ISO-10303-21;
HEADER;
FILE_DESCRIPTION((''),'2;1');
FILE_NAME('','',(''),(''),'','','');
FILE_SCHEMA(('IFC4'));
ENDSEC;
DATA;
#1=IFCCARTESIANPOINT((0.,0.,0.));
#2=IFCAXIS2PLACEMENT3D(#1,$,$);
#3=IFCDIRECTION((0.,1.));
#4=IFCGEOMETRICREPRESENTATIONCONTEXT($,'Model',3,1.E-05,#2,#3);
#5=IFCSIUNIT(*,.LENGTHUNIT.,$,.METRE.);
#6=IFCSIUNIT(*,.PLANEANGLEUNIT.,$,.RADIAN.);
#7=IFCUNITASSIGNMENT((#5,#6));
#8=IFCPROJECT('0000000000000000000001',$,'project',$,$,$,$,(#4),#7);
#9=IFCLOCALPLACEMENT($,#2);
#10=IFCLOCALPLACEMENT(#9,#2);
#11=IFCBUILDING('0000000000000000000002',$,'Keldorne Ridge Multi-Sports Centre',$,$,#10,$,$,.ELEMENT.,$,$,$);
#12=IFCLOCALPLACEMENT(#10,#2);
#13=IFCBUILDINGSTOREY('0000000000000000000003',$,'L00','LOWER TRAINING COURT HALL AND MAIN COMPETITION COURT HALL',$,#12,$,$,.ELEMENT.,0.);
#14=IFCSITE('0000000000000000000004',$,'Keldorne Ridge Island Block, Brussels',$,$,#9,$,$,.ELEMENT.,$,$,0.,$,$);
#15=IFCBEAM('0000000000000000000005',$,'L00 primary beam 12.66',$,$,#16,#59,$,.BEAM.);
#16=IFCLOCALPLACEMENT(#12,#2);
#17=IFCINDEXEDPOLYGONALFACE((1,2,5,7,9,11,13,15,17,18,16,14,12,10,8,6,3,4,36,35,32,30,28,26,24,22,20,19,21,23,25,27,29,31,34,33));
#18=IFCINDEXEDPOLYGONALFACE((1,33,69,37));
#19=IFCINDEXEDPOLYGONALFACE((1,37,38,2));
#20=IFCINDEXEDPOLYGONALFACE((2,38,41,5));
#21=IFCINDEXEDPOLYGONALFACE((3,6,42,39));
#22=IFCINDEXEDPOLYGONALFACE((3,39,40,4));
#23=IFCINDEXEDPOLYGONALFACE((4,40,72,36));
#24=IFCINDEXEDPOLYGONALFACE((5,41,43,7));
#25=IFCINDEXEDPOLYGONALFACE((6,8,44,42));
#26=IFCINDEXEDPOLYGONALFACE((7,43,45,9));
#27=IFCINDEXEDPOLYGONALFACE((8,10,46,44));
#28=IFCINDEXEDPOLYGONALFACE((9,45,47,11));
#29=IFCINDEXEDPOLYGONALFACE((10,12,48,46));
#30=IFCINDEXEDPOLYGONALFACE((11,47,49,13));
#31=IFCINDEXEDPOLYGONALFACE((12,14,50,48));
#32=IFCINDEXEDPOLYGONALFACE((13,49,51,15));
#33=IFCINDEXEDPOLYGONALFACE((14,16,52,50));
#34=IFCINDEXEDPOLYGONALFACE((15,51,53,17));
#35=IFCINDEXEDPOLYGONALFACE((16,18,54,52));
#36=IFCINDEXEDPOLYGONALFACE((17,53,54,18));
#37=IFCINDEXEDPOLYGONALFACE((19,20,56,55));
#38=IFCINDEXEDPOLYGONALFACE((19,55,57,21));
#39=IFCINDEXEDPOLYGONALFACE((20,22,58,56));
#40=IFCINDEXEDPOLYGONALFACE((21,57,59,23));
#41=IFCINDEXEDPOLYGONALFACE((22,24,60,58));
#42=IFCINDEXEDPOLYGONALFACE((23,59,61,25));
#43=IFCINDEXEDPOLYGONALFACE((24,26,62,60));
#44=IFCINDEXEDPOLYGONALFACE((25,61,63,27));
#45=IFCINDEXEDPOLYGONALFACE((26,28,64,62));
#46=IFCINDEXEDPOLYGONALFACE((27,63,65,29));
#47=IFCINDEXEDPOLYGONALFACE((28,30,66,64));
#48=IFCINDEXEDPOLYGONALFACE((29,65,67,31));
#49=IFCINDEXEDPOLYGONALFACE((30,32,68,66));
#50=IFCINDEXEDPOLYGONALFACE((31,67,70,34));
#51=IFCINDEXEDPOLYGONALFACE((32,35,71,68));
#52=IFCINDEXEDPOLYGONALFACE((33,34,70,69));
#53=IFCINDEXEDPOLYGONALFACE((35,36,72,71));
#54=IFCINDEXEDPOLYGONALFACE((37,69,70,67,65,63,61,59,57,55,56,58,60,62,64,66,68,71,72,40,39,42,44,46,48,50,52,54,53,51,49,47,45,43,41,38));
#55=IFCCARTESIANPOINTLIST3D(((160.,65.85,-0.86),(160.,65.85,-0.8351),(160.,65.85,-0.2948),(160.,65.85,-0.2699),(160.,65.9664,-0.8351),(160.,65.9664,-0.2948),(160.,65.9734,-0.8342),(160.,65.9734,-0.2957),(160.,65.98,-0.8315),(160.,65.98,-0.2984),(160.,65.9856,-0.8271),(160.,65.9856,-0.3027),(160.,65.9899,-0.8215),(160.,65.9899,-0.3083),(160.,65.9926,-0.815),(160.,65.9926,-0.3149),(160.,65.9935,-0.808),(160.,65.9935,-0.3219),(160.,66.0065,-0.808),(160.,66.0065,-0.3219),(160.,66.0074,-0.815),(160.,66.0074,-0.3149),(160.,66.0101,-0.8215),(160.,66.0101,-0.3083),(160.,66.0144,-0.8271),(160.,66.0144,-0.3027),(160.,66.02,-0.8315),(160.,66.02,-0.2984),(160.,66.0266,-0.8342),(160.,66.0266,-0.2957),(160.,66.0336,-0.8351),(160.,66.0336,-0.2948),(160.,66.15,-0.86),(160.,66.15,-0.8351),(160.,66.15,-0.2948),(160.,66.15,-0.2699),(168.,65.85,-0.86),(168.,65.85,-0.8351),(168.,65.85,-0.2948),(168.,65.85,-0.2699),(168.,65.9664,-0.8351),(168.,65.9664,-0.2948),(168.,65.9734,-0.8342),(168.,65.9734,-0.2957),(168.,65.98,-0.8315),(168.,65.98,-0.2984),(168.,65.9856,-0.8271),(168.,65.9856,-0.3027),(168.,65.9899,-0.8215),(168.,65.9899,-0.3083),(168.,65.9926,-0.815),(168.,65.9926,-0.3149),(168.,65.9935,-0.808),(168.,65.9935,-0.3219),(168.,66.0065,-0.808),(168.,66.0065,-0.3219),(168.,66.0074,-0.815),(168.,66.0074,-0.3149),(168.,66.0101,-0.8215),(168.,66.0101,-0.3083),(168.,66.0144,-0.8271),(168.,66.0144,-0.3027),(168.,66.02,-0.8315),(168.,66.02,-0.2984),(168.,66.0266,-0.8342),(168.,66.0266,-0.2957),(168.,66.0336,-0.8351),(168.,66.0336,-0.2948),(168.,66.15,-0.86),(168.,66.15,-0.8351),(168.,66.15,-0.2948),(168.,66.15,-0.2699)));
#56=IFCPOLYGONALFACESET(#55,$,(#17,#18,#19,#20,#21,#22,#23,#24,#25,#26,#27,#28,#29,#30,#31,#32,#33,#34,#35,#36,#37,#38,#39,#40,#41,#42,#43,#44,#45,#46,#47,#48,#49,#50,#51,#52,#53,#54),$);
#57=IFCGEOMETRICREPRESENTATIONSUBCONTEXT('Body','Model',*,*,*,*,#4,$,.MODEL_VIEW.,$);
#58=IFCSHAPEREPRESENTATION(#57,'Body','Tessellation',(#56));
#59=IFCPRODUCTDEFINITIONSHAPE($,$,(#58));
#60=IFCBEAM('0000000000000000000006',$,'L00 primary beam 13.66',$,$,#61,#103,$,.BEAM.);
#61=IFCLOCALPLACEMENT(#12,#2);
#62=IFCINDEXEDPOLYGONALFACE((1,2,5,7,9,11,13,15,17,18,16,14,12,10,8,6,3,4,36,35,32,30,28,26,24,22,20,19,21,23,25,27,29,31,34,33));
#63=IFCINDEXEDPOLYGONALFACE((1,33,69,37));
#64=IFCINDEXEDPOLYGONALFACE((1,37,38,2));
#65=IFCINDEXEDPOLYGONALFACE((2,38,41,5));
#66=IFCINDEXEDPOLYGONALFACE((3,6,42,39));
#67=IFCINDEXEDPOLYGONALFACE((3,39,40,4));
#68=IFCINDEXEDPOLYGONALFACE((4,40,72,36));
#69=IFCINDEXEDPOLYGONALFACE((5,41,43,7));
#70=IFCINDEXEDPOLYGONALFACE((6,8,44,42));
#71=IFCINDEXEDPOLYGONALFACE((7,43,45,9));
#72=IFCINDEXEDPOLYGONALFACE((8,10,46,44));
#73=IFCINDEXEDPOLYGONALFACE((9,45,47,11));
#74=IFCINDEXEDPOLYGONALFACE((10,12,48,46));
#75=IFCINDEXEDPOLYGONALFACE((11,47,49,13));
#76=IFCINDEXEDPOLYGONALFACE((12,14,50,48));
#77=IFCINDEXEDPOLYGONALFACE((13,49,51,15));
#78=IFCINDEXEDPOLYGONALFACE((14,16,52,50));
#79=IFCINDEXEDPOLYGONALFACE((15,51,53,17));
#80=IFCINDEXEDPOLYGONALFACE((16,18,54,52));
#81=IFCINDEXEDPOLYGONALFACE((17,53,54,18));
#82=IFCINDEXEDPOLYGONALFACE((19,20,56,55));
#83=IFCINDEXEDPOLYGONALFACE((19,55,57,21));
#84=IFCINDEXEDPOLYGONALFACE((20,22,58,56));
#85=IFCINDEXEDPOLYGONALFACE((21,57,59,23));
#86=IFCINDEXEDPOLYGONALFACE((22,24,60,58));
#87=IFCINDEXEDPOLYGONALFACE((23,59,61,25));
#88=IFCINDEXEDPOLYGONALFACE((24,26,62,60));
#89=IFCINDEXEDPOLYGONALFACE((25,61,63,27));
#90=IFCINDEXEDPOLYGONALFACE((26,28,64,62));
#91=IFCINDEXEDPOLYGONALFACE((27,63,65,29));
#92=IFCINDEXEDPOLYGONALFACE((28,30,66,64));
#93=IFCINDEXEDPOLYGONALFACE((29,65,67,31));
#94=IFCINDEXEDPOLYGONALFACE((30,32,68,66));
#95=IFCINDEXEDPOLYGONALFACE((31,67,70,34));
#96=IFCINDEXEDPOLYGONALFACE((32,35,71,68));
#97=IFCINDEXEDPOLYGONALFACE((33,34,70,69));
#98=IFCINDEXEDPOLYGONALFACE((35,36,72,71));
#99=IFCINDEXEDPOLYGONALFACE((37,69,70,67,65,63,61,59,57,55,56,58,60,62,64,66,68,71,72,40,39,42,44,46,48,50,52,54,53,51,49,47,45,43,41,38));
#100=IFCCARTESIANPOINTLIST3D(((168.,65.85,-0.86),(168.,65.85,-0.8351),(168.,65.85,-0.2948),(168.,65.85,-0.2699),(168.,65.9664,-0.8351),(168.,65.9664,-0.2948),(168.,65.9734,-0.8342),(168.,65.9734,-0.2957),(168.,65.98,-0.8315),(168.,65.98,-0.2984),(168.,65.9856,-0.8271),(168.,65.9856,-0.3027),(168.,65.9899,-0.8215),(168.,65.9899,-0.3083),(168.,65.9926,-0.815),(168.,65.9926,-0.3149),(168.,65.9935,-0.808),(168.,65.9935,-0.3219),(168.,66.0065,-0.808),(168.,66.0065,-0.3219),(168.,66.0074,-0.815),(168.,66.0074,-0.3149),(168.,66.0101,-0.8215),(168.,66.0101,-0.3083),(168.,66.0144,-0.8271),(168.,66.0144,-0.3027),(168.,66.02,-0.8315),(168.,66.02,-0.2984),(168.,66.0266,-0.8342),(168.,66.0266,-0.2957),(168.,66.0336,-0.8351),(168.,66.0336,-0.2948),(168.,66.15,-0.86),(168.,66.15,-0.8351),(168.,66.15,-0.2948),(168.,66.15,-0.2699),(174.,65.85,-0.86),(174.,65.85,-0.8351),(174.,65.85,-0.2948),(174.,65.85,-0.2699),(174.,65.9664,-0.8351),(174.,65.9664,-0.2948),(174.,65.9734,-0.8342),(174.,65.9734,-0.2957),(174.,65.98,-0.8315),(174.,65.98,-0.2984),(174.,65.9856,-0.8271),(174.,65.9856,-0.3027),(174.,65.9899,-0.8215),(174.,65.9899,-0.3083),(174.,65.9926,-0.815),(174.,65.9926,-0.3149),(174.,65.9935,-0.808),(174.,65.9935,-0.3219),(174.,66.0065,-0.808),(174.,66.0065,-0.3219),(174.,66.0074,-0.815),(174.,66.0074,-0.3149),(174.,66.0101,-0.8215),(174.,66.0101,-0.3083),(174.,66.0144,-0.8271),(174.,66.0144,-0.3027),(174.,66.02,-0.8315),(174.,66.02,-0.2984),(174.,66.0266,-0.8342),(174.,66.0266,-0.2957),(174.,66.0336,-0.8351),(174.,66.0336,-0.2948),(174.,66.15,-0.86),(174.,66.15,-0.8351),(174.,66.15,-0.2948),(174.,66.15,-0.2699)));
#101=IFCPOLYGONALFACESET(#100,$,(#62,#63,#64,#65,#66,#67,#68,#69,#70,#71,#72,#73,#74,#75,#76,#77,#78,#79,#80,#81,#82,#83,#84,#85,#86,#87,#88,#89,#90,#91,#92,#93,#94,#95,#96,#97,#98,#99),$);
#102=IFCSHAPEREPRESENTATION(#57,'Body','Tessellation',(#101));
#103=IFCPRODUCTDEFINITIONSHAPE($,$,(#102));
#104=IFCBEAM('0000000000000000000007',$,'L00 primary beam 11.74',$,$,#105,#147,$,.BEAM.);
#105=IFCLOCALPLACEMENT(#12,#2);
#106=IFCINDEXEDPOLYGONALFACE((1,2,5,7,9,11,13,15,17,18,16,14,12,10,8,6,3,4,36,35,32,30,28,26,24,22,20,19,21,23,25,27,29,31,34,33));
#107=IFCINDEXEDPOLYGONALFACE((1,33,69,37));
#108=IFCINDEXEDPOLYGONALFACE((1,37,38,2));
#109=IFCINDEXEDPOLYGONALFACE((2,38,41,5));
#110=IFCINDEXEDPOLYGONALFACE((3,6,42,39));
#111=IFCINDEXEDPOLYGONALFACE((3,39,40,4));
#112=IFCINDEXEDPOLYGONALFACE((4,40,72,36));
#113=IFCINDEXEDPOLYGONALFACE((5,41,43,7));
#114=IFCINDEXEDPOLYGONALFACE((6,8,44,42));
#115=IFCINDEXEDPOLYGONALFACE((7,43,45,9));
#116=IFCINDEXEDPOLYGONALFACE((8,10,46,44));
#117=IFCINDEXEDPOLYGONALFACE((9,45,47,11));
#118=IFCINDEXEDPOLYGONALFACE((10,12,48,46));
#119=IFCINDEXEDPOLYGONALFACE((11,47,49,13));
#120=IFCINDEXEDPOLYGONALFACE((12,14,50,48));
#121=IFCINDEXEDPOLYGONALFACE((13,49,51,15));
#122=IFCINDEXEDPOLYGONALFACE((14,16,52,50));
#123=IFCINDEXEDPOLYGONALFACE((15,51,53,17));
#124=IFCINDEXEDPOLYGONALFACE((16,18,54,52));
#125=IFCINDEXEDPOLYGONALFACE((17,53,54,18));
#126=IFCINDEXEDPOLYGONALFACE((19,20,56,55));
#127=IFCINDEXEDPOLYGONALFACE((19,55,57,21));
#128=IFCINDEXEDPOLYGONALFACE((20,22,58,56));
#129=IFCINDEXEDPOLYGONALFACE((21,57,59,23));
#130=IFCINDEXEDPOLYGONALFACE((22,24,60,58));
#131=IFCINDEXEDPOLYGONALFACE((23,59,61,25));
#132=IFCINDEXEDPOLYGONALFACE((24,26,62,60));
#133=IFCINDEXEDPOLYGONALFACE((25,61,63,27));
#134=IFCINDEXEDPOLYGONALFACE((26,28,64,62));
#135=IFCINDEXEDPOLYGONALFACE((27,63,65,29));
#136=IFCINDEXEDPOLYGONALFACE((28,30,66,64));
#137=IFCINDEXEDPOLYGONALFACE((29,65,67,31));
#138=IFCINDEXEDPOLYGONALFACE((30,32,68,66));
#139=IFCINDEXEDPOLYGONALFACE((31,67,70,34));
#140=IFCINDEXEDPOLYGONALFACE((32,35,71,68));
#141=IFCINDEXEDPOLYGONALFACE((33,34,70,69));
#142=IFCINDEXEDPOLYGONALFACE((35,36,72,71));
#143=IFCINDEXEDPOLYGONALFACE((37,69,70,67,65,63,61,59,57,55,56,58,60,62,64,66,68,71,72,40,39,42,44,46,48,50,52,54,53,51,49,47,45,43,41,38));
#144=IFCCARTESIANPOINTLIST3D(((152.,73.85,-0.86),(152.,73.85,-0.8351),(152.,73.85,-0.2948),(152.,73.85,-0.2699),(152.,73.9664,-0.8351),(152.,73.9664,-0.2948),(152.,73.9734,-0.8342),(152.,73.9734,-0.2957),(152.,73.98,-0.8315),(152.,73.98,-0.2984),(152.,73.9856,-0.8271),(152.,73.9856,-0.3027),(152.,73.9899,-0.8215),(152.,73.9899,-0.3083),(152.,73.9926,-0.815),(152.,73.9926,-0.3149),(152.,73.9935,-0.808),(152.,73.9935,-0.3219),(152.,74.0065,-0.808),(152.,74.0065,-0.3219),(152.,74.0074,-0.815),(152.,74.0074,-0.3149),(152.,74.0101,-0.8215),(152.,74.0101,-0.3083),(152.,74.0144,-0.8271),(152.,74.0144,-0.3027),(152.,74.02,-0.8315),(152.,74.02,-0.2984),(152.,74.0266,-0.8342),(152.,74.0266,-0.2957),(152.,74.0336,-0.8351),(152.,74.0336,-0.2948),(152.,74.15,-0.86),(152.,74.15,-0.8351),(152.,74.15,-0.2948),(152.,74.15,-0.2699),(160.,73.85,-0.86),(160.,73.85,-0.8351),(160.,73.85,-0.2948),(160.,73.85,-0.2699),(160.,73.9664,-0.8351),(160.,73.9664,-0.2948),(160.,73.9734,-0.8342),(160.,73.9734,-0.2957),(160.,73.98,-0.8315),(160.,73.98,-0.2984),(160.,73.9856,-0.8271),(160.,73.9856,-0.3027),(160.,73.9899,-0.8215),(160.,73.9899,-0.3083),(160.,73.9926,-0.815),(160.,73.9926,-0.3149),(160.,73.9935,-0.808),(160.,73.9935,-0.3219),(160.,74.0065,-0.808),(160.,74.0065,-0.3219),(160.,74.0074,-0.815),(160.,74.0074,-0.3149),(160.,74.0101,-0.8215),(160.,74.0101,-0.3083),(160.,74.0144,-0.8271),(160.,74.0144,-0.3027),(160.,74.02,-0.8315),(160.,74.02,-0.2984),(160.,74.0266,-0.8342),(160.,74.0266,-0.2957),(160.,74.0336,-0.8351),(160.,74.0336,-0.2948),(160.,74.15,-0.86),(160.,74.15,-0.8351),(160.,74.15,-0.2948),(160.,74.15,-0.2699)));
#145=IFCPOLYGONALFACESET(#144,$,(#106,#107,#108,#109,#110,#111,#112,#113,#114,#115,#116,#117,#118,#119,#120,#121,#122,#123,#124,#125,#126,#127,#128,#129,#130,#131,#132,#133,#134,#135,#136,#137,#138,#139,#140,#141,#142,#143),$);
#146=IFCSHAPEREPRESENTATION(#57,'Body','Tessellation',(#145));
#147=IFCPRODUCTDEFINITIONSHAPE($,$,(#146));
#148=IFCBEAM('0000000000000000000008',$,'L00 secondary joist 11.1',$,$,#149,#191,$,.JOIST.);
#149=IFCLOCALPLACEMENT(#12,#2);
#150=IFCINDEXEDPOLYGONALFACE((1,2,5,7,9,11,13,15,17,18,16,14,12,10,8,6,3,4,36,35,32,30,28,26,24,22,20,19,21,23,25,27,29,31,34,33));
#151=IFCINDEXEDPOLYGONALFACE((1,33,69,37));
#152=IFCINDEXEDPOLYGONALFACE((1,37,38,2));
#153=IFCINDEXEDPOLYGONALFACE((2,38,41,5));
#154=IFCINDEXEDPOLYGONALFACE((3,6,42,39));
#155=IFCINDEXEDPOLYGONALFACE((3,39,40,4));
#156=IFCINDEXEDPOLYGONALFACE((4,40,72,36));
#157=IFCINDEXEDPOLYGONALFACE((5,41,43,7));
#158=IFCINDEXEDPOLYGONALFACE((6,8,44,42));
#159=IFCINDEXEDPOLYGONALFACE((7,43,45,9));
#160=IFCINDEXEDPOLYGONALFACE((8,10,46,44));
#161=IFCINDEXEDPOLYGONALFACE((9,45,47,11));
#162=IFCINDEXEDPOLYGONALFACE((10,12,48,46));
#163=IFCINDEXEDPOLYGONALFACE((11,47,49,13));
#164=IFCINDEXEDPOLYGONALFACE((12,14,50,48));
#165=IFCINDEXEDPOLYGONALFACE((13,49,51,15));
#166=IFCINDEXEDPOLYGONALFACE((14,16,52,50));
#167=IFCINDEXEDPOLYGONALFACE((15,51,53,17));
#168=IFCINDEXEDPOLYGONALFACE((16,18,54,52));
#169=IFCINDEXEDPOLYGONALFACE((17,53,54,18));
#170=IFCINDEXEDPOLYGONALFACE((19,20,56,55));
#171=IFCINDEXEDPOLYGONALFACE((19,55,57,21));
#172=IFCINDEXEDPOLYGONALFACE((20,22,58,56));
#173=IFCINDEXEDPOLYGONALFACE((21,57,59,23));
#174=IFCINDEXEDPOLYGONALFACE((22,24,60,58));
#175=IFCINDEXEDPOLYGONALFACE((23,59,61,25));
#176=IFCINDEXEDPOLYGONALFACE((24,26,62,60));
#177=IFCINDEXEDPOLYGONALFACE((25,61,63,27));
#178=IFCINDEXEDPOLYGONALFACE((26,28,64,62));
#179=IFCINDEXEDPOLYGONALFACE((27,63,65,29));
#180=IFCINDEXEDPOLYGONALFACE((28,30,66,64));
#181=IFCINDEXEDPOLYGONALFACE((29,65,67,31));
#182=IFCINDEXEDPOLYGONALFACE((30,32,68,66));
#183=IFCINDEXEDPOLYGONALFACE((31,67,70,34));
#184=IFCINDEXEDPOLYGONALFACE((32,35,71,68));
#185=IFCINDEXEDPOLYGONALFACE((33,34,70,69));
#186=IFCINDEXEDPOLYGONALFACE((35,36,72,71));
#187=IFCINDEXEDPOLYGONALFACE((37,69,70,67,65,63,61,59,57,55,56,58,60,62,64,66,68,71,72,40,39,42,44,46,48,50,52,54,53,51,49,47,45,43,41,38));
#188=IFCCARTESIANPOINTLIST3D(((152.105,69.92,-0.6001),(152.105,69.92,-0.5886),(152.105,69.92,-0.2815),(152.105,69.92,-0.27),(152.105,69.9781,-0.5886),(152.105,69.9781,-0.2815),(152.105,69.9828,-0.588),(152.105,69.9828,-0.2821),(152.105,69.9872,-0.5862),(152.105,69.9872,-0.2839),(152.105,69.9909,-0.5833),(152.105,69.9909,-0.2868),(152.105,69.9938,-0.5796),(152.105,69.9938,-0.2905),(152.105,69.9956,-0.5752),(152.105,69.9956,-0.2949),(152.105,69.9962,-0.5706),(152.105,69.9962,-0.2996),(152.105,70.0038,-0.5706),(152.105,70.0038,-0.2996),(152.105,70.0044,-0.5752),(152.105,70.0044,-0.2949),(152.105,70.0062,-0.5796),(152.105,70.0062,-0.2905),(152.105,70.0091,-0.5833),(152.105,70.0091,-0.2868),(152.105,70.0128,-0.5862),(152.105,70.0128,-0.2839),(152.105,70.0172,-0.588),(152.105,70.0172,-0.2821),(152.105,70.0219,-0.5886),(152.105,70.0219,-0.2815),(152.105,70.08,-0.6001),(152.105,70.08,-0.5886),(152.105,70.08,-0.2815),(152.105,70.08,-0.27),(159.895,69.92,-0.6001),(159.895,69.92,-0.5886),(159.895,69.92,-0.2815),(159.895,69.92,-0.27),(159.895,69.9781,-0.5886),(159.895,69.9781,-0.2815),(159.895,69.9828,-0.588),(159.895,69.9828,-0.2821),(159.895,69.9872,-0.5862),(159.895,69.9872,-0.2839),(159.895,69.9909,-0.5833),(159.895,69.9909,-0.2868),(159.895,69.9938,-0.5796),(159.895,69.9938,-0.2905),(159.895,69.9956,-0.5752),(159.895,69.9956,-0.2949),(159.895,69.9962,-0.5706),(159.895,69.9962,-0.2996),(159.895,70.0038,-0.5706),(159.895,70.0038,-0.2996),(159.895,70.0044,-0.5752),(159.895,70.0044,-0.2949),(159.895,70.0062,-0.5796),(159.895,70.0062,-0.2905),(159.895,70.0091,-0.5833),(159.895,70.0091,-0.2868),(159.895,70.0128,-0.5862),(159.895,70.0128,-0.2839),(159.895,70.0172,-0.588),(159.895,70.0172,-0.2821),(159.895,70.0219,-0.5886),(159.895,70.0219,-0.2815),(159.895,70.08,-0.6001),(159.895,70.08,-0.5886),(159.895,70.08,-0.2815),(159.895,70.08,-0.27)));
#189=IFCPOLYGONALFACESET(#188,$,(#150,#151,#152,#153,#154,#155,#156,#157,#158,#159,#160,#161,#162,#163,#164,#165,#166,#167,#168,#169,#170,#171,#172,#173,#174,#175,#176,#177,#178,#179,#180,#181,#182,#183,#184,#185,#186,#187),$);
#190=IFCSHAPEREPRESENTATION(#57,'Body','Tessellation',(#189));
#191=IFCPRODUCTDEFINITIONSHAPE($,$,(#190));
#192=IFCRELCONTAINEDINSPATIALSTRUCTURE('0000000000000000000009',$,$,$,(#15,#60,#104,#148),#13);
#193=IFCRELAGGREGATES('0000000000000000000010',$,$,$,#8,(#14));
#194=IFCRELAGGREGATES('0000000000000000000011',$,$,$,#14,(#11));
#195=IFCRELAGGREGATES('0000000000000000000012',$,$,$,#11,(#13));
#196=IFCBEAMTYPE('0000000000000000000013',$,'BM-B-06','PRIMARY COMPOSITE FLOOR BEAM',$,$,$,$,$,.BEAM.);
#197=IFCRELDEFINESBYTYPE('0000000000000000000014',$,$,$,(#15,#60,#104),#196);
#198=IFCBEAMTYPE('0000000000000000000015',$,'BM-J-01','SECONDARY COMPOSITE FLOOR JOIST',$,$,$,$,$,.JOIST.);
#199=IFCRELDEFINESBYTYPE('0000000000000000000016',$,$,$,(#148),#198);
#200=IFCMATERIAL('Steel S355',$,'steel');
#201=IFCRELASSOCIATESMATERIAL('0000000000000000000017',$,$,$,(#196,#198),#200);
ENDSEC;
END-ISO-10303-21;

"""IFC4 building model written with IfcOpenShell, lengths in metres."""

from ifc_helpers import new_model, si_unit, direction, frame, origin, origin_2d, place, context, subcontext, project, spatial, i_section, extrude, material, material_profile, profile_set, type_object, element, save


model = new_model("IFC4")

# Units and contexts
model_context = context("Model", 3, precision=1e-05, world=origin(), true_north=direction((0.0, 1.0)))
body_context = subcontext(model_context, "Body", "Model", "MODEL_VIEW")
ifc_project = project(units=[si_unit("LENGTHUNIT", "METRE"), si_unit("PLANEANGLEUNIT", "RADIAN")], contexts=[model_context])

# Site, building, storey
site_placement = place(None, origin())
site = spatial("IfcSite", under=ifc_project, at=site_placement, Name="Keldorne Ridge Island Block, Brussels", CompositionType="ELEMENT", RefElevation=0.0)
building_placement = place(site_placement, origin())
building = spatial("IfcBuilding", under=site, at=building_placement, Name="Keldorne Ridge Multi-Sports Centre", CompositionType="ELEMENT")
storey_placement = place(building_placement, origin())
storey = spatial("IfcBuildingStorey", under=building, at=storey_placement, Name="L00", Description="LOWER TRAINING COURT HALL AND MAIN COMPETITION COURT HALL", CompositionType="ELEMENT", Elevation=0.0)

# Shared definitions
ifc_material_1 = material(Name="Steel S355", Category="steel")

# Beams
ifc_material_profile_1 = material_profile(ifc_material_1, i_section(OverallWidth=0.3, OverallDepth=0.5901, WebThickness=0.0129, FlangeThickness=0.0249, FilletRadius=0.0271, at=origin_2d()), Name="HEA 600")
ifc_profile_set_1 = profile_set([ifc_material_profile_1], Name="Steel S355")
beam_type_1 = type_object("IfcBeamType", Name="BM-B-06", Description="PRIMARY COMPOSITE FLOOR BEAM", PredefinedType="BEAM", material=ifc_profile_set_1)
beam_1_placement = place(storey_placement, frame((160.0, 66.0, -0.5649), z_axis=(1.0, 0.0, 0.0), x_axis=(0.0, 1.0, 0.0)))
element("IfcBeam", 1, at=beam_1_placement, inside=storey, type_object=beam_type_1, Name="L00 primary beam 12.66", PredefinedType="BEAM", context=body_context, shape_type="SweptSolid", body=[
    extrude(i_section(OverallWidth=0.3, OverallDepth=0.5901, WebThickness=0.0129, FlangeThickness=0.0249, FilletRadius=0.0271, at=origin_2d()), origin(), (0.0, 0.0, 1.0), 8.0),
])
beam_2_placement = place(storey_placement, frame((168.0, 66.0, -0.5649), z_axis=(1.0, 0.0, 0.0), x_axis=(0.0, 1.0, 0.0)))
element("IfcBeam", 2, at=beam_2_placement, inside=storey, type_object=beam_type_1, Name="L00 primary beam 13.66", PredefinedType="BEAM", context=body_context, shape_type="SweptSolid", body=[
    extrude(i_section(OverallWidth=0.3, OverallDepth=0.5901, WebThickness=0.0129, FlangeThickness=0.0249, FilletRadius=0.0271, at=origin_2d()), origin(), (0.0, 0.0, 1.0), 6.0),
])
beam_3_placement = place(storey_placement, frame((152.0, 74.0, -0.5649), z_axis=(1.0, 0.0, 0.0), x_axis=(0.0, 1.0, 0.0)))
element("IfcBeam", 3, at=beam_3_placement, inside=storey, type_object=beam_type_1, Name="L00 primary beam 11.74", PredefinedType="BEAM", context=body_context, shape_type="SweptSolid", body=[
    extrude(i_section(OverallWidth=0.3, OverallDepth=0.5901, WebThickness=0.0129, FlangeThickness=0.0249, FilletRadius=0.0271, at=origin_2d()), origin(), (0.0, 0.0, 1.0), 8.0),
])
ifc_material_profile_2 = material_profile(ifc_material_1, i_section(OverallWidth=0.1599, OverallDepth=0.3301, WebThickness=0.0076, FlangeThickness=0.0115, FilletRadius=0.0181, at=origin_2d()), Name="IPE 330")
ifc_profile_set_2 = profile_set([ifc_material_profile_2], Name="Steel S355")
beam_type_2 = type_object("IfcBeamType", Name="BM-J-01", Description="SECONDARY COMPOSITE FLOOR JOIST", PredefinedType="JOIST", material=ifc_profile_set_2)
beam_4_placement = place(storey_placement, frame((152.105, 70.0, -0.4351), z_axis=(1.0, 0.0, 0.0), x_axis=(0.0, 1.0, 0.0)))
element("IfcBeam", 4, at=beam_4_placement, inside=storey, type_object=beam_type_2, Name="L00 secondary joist 11.1", PredefinedType="JOIST", context=body_context, shape_type="SweptSolid", body=[
    extrude(i_section(OverallWidth=0.1599, OverallDepth=0.3301, WebThickness=0.0076, FlangeThickness=0.0115, FilletRadius=0.0181, at=origin_2d()), origin(), (0.0, 0.0, 1.0), 7.79),
])

save(model, "model.ifc")
